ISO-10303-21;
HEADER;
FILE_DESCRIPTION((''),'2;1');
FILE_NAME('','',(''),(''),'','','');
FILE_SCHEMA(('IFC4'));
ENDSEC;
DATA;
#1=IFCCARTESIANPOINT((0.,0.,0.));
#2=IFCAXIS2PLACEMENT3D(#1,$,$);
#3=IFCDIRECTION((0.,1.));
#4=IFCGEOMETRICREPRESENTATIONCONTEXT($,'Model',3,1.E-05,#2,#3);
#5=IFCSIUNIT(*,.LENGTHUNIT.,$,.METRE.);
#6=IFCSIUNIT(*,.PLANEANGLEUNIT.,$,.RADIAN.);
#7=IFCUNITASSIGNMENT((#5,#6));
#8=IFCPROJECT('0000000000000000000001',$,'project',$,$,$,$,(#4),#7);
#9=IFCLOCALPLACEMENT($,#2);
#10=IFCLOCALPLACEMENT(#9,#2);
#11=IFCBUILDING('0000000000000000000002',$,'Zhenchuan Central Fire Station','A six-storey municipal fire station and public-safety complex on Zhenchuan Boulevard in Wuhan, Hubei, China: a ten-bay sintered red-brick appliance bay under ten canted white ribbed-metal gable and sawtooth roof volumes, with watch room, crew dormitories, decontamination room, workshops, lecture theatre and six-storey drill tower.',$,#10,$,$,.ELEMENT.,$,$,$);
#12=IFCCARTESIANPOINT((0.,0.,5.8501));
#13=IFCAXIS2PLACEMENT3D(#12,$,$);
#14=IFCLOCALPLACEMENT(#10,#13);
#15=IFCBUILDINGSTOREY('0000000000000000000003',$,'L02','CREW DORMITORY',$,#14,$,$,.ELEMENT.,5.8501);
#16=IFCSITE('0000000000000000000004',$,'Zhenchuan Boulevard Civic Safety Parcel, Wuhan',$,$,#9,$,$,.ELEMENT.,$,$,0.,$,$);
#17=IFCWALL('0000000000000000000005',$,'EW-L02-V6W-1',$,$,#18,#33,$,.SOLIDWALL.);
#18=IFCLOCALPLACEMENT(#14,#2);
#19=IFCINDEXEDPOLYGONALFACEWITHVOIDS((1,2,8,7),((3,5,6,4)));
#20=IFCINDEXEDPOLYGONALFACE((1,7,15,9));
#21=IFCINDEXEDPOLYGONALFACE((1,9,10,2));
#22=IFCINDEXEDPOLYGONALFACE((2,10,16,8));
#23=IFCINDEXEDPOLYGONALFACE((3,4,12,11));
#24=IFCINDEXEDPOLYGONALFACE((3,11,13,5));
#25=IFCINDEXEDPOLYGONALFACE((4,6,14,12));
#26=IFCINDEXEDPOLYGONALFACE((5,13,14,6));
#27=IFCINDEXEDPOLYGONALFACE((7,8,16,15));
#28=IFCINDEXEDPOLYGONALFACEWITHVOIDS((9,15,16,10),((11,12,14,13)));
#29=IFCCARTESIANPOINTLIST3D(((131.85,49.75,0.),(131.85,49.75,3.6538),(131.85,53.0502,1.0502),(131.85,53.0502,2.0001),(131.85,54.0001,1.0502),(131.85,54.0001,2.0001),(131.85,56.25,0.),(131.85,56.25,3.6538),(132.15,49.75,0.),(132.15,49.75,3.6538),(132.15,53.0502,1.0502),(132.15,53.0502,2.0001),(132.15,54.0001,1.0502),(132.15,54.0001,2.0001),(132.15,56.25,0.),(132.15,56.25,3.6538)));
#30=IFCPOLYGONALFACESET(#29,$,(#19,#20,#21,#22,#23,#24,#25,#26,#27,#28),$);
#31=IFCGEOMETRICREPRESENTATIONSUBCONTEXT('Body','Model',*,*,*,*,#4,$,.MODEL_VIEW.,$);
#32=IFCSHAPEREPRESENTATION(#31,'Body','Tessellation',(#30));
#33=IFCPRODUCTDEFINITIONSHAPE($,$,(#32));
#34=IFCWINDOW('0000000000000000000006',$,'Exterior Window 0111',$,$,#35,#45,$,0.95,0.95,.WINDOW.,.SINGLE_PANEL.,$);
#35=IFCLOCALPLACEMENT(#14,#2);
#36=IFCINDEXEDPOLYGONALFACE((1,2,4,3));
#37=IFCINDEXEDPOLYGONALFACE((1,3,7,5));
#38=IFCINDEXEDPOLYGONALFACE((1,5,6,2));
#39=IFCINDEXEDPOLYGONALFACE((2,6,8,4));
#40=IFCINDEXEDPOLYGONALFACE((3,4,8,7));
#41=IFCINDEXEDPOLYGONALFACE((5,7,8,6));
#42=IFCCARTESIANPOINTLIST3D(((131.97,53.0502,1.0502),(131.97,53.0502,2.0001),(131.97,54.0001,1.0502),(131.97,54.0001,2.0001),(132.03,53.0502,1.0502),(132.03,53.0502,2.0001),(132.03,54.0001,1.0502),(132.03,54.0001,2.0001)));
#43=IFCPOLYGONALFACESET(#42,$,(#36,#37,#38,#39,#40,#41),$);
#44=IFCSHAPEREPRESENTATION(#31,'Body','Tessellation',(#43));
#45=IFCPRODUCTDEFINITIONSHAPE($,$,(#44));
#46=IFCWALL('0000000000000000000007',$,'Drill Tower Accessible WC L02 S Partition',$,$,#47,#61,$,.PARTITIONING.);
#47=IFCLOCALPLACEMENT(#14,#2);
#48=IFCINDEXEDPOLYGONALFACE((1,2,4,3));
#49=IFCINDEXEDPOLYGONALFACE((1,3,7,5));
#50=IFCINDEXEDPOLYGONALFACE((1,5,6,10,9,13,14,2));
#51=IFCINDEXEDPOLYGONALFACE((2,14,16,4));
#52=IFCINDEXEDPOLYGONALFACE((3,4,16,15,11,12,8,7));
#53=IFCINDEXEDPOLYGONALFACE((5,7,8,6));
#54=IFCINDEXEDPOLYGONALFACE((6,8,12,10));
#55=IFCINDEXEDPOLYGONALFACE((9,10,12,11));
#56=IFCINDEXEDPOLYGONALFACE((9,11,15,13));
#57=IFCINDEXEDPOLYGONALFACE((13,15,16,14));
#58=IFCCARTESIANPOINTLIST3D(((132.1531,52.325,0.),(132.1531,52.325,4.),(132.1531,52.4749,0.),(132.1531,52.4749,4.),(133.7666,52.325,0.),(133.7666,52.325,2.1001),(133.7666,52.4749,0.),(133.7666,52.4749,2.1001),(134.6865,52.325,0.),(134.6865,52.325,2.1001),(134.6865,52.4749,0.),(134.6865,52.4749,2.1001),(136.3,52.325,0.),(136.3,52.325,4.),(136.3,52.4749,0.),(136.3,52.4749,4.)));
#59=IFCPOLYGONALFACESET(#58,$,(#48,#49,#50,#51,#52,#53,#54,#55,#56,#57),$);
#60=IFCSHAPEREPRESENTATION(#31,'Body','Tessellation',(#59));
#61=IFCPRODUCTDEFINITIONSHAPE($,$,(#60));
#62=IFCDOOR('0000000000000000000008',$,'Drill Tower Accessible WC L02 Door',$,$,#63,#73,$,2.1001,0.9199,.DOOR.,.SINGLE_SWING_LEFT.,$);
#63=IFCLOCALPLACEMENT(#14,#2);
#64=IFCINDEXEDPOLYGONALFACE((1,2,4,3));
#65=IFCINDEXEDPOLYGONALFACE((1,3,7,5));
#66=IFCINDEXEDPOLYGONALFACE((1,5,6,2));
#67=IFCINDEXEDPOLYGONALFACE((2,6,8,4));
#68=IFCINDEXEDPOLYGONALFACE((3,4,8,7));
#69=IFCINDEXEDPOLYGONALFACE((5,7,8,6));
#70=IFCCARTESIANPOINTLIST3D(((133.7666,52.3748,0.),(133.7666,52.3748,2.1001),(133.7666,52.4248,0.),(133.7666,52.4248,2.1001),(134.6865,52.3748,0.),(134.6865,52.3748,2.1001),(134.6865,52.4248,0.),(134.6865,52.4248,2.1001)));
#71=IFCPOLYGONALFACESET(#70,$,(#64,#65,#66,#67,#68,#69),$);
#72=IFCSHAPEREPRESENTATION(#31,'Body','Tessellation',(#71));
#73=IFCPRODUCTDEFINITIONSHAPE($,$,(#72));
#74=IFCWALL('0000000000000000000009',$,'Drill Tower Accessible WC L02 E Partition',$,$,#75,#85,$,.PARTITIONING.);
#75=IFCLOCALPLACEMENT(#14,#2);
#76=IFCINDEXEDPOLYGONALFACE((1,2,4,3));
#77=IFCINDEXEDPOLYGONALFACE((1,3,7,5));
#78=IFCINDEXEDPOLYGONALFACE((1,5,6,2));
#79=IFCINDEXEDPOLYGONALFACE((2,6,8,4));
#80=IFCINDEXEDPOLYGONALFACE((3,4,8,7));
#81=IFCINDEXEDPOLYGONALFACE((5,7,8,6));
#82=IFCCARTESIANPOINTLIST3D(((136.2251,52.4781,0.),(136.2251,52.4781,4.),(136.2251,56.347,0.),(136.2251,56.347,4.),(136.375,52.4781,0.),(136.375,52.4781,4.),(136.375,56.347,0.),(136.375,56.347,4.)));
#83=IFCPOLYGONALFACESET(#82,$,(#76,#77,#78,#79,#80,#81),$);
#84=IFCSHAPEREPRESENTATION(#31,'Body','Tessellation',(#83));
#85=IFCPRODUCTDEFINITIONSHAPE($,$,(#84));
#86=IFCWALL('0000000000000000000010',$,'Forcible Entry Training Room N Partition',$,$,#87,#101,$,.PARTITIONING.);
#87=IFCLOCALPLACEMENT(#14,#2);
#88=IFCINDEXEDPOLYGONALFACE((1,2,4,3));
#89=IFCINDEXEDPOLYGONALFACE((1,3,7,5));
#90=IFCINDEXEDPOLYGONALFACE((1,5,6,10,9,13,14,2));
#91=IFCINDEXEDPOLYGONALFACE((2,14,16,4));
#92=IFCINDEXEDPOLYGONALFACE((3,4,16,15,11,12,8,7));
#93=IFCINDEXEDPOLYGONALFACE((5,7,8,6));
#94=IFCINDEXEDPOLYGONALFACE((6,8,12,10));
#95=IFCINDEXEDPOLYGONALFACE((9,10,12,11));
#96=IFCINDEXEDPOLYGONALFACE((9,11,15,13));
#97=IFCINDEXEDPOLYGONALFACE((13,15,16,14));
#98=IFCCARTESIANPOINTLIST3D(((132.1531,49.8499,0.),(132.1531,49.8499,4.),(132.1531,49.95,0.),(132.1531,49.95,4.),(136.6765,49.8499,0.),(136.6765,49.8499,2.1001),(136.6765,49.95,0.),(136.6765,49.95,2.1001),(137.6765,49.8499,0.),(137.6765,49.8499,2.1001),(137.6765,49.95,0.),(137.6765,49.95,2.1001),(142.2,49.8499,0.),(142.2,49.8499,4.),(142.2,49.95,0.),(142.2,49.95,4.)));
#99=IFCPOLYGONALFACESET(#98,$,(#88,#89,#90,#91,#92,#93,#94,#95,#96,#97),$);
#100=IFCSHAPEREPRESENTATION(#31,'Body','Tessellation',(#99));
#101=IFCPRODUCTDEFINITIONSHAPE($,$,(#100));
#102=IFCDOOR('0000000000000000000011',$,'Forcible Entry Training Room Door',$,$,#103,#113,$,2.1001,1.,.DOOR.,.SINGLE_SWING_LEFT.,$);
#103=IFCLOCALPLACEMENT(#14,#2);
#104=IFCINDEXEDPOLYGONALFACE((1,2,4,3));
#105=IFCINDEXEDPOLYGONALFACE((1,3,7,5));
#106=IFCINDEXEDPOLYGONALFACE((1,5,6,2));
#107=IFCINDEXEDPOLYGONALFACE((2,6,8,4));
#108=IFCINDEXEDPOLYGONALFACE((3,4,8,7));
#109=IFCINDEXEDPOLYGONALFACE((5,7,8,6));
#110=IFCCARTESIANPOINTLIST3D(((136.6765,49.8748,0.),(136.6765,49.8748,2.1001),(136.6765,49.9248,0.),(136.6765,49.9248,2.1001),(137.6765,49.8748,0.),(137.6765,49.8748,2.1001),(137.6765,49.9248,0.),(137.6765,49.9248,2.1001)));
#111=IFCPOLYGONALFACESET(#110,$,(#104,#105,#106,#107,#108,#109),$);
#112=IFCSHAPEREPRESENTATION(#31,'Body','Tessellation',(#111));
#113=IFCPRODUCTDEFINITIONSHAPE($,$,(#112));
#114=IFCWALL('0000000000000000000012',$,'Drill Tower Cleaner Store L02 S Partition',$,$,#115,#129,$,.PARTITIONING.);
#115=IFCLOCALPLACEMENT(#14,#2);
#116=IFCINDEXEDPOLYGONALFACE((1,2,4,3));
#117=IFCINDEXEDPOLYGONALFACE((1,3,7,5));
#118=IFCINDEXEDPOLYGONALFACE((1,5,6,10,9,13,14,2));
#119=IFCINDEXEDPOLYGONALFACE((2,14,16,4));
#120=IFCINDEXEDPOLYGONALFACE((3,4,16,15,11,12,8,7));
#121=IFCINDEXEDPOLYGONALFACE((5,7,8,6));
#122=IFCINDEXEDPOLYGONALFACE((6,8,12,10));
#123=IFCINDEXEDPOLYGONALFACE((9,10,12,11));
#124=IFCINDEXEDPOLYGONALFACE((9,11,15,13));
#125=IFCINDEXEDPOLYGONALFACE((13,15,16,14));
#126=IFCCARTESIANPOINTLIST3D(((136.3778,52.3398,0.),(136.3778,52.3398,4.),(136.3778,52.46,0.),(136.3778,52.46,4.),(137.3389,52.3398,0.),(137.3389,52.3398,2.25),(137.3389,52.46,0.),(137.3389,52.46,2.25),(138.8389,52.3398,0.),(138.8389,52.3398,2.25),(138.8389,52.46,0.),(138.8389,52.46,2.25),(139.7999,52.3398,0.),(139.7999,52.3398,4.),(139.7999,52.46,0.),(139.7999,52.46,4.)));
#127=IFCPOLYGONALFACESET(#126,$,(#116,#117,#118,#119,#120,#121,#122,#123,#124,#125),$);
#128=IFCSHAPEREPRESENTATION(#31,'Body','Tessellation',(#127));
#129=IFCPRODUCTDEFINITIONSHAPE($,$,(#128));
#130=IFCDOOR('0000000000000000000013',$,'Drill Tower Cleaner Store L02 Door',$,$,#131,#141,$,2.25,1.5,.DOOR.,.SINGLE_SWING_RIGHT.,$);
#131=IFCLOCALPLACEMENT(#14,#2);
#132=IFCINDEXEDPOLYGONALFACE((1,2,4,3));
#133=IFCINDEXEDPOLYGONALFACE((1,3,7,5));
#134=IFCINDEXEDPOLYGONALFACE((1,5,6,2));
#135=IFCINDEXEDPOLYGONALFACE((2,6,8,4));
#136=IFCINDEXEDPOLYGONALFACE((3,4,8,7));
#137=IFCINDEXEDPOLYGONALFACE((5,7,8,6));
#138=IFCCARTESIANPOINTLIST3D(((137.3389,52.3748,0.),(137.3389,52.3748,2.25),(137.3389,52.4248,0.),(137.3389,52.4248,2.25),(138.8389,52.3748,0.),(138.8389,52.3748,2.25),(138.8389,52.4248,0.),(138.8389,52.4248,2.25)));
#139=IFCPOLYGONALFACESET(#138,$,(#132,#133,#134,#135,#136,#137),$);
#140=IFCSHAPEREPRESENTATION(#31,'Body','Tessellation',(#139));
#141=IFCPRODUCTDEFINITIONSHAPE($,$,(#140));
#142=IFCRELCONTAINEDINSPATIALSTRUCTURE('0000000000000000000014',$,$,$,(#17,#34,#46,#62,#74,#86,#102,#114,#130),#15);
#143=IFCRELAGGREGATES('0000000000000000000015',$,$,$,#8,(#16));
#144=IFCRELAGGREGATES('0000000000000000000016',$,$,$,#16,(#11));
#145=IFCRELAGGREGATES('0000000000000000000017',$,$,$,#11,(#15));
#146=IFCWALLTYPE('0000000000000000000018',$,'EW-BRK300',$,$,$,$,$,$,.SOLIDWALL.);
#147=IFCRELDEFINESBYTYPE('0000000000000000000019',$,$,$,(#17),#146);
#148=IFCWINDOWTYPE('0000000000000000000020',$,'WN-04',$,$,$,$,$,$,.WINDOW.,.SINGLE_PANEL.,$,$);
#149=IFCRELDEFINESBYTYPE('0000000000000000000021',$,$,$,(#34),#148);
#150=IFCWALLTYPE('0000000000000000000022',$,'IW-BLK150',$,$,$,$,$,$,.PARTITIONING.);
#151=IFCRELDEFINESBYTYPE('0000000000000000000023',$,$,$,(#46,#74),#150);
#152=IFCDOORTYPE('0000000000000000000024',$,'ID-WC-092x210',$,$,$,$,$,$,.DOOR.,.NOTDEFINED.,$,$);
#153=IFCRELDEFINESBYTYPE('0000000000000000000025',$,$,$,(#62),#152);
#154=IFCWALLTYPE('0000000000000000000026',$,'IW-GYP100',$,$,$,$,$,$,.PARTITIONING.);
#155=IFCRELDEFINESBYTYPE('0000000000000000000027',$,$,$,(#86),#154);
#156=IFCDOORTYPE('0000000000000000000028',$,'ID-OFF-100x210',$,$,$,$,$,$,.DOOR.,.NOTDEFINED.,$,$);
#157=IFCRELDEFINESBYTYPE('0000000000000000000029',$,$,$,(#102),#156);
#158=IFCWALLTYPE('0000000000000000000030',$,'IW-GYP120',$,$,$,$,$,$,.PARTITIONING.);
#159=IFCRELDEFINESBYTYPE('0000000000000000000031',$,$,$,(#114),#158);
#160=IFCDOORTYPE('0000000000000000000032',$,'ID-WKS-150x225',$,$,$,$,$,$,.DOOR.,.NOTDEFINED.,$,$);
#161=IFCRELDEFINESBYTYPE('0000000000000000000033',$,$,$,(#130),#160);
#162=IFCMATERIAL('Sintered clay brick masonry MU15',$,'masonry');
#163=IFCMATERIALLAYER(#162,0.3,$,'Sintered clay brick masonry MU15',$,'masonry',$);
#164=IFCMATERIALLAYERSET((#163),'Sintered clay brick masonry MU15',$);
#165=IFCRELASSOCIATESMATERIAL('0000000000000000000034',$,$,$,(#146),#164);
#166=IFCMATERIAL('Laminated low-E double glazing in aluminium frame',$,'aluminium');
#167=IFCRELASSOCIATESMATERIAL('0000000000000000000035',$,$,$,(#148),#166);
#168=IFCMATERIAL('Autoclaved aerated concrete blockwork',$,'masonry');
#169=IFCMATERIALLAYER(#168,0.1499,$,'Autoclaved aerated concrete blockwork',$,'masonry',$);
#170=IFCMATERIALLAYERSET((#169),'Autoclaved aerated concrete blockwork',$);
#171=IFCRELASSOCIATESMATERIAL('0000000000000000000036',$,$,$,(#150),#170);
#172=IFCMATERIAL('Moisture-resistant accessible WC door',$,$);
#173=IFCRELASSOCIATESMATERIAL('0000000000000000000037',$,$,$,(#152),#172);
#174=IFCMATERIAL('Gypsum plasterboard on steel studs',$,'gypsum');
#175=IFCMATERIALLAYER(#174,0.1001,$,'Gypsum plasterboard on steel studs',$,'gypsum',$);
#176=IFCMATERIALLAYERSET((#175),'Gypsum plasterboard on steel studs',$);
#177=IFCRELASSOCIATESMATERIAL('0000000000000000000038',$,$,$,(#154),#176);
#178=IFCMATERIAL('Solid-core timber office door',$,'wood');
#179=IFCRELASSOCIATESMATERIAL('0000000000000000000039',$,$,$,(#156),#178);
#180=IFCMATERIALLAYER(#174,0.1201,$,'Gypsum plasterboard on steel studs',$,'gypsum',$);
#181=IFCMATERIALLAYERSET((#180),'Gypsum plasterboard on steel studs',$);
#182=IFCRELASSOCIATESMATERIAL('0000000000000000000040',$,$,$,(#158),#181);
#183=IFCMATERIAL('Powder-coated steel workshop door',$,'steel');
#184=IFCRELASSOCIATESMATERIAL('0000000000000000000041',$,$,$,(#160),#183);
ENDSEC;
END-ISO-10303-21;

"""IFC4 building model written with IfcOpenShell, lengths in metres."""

from ifc_helpers import new_model, si_unit, direction, frame, frame_2d, origin, place, context, subcontext, project, spatial, rectangle, extrude, material, layer, layer_set, type_object, element, fill, save


model = new_model("IFC4")

# Units and contexts
model_context = context("Model", 3, precision=1e-05, world=origin(), true_north=direction((0.0, 1.0)))
body_context = subcontext(model_context, "Body", "Model", "MODEL_VIEW")
ifc_project = project(units=[si_unit("LENGTHUNIT", "METRE"), si_unit("PLANEANGLEUNIT", "RADIAN")], contexts=[model_context])

# Site, building, storey
site_placement = place(None, origin())
site = spatial("IfcSite", under=ifc_project, at=site_placement, Name="Zhenchuan Boulevard Civic Safety Parcel, Wuhan", CompositionType="ELEMENT", RefElevation=0.0)
building_placement = place(site_placement, origin())
building = spatial("IfcBuilding", under=site, at=building_placement, Name="Zhenchuan Central Fire Station", Description="A six-storey municipal fire station and public-safety complex on Zhenchuan Boulevard in Wuhan, Hubei, China: a ten-bay sintered red-brick appliance bay under ten canted white ribbed-metal gable and sawtooth roof volumes, with watch room, crew dormitories, decontamination room, workshops, lecture theatre and six-storey drill tower.", CompositionType="ELEMENT")
storey_placement = place(building_placement, frame((0.0, 0.0, 5.8501)))
storey = spatial("IfcBuildingStorey", under=building, at=storey_placement, Name="L02", Description="CREW DORMITORY", CompositionType="ELEMENT", Elevation=5.8501)

# Wall, opening, window
ifc_material_1 = material(Name="Sintered clay brick masonry MU15", Category="masonry")
ifc_layer_1 = layer(ifc_material_1, 0.3, Name="Sintered clay brick masonry MU15", Category="masonry")
ifc_layer_set_1 = layer_set([ifc_layer_1], Name="Sintered clay brick masonry MU15")
wall_type_1 = type_object("IfcWallType", Name="EW-BRK300", PredefinedType="SOLIDWALL", material=ifc_layer_set_1)
ifc_material_2 = material(Name="Laminated low-E double glazing in aluminium frame", Category="aluminium")
wall_1_placement = place(storey_placement, frame((132.0, 49.75, 0.0), z_axis=(0.0, 0.0, 1.0), x_axis=(0.0, 1.0, 0.0)))
wall_1 = element("IfcWall", 1, at=wall_1_placement, inside=storey, type_object=wall_type_1, Name="EW-L02-V6W-1", PredefinedType="SOLIDWALL", context=body_context, shape_type="SweptSolid", body=[
    extrude(rectangle(XDim=6.5, YDim=0.3, at=frame_2d((3.25, 0.0))), origin(), (0.0, 0.0, 1.0), 3.6538),
])
opening_1_placement = place(wall_1_placement, frame((3.3, 0.0, 1.05)))
opening_1 = element("IfcOpeningElement", 2, at=opening_1_placement, cuts=wall_1, PredefinedType="OPENING", context=body_context, shape_type="SweptSolid", body=[
    extrude(rectangle(XDim=0.95, YDim=0.95, at=frame_2d((0.4751, 0.4751))), frame((0.0, 0.1599, 0.0), z_axis=(0.0, -1.0, 0.0), x_axis=(1.0, 0.0, 0.0)), (0.0, 0.0, 1.0), 0.3201),
])
window_type_1 = type_object("IfcWindowType", Name="WN-04", PartitioningType="SINGLE_PANEL", PredefinedType="WINDOW", material=ifc_material_2)
window_1_placement = place(opening_1_placement, origin())
window_1 = element("IfcWindow", 3, at=window_1_placement, inside=storey, type_object=window_type_1, Name="Exterior Window 0111", OverallHeight=0.95, OverallWidth=0.95, PartitioningType="SINGLE_PANEL", PredefinedType="WINDOW", context=body_context, shape_type="SweptSolid", body=[
    extrude(rectangle(XDim=0.95, YDim=0.95, at=frame_2d((0.4751, 0.4751))), frame((0.0, 0.03, 0.0), z_axis=(0.0, -1.0, 0.0), x_axis=(1.0, 0.0, 0.0)), (0.0, 0.0, 1.0), 0.0601),
])
fill(opening_1, window_1)

# Wall, opening, door
ifc_material_3 = material(Name="Autoclaved aerated concrete blockwork", Category="masonry")
ifc_layer_2 = layer(ifc_material_3, 0.1499, Name="Autoclaved aerated concrete blockwork", Category="masonry")
ifc_layer_set_2 = layer_set([ifc_layer_2], Name="Autoclaved aerated concrete blockwork")
wall_type_2 = type_object("IfcWallType", Name="IW-BLK150", PredefinedType="PARTITIONING", material=ifc_layer_set_2)
wall_2_placement = place(storey_placement, frame((132.1531, 52.3999, 0.0), z_axis=(0.0, 0.0, 1.0), x_axis=(1.0, 0.0, 0.0)))
wall_2 = element("IfcWall", 4, at=wall_2_placement, inside=storey, type_object=wall_type_2, Name="Drill Tower Accessible WC L02 S Partition", PredefinedType="PARTITIONING", context=body_context, shape_type="SweptSolid", body=[
    extrude(rectangle(XDim=4.147, YDim=0.1499, at=frame_2d((2.0735, 0.0))), origin(), (0.0, 0.0, 1.0), 4.0),
])
opening_2_placement = place(wall_2_placement, frame((1.6135, 0.0, 0.0)))
opening_2 = element("IfcOpeningElement", 5, at=opening_2_placement, cuts=wall_2, PredefinedType="OPENING", context=body_context, shape_type="SweptSolid", body=[
    extrude(rectangle(XDim=0.9199, YDim=2.1001, at=frame_2d((0.46, 1.05))), frame((0.0, 0.085, 0.0), z_axis=(0.0, -1.0, 0.0), x_axis=(1.0, 0.0, 0.0)), (0.0, 0.0, 1.0), 0.1699),
])
ifc_material_4 = material(Name="Moisture-resistant accessible WC door")
door_type_1 = type_object("IfcDoorType", Name="ID-WC-092x210", OperationType="NOTDEFINED", PredefinedType="DOOR", material=ifc_material_4)
door_1_placement = place(opening_2_placement, origin())
door_1 = element("IfcDoor", 6, at=door_1_placement, inside=storey, type_object=door_type_1, Name="Drill Tower Accessible WC L02 Door", OperationType="SINGLE_SWING_LEFT", OverallHeight=2.1001, OverallWidth=0.9199, PredefinedType="DOOR", context=body_context, shape_type="SweptSolid", body=[
    extrude(rectangle(XDim=0.9199, YDim=2.1001, at=frame_2d((0.46, 1.05))), frame((0.0, 0.0249, 0.0), z_axis=(0.0, -1.0, 0.0), x_axis=(1.0, 0.0, 0.0)), (0.0, 0.0, 1.0), 0.05),
])
fill(opening_2, door_1)

# Wall
wall_3_placement = place(storey_placement, frame((136.3, 52.478, 0.0), z_axis=(0.0, 0.0, 1.0), x_axis=(0.0, 1.0, 0.0)))
element("IfcWall", 7, at=wall_3_placement, inside=storey, type_object=wall_type_2, Name="Drill Tower Accessible WC L02 E Partition", PredefinedType="PARTITIONING", context=body_context, shape_type="SweptSolid", body=[
    extrude(rectangle(XDim=3.8689, YDim=0.1499, at=frame_2d((1.9346, 0.0))), origin(), (0.0, 0.0, 1.0), 4.0),
])

# Walls, openings, doors
ifc_material_5 = material(Name="Gypsum plasterboard on steel studs", Category="gypsum")
ifc_layer_3 = layer(ifc_material_5, 0.1001, Name="Gypsum plasterboard on steel studs", Category="gypsum")
ifc_layer_set_3 = layer_set([ifc_layer_3], Name="Gypsum plasterboard on steel studs")
wall_type_3 = type_object("IfcWallType", Name="IW-GYP100", PredefinedType="PARTITIONING", material=ifc_layer_set_3)
wall_4_placement = place(storey_placement, frame((132.1531, 49.8999, 0.0), z_axis=(0.0, 0.0, 1.0), x_axis=(1.0, 0.0, 0.0)))
wall_4 = element("IfcWall", 8, at=wall_4_placement, inside=storey, type_object=wall_type_3, Name="Forcible Entry Training Room N Partition", PredefinedType="PARTITIONING", context=body_context, shape_type="SweptSolid", body=[
    extrude(rectangle(XDim=10.0469, YDim=0.1001, at=frame_2d((5.0234, 0.0))), origin(), (0.0, 0.0, 1.0), 4.0),
])
opening_3_placement = place(wall_4_placement, frame((4.5234, 0.0, 0.0)))
opening_3 = element("IfcOpeningElement", 9, at=opening_3_placement, cuts=wall_4, PredefinedType="OPENING", context=body_context, shape_type="SweptSolid", body=[
    extrude(rectangle(XDim=1.0, YDim=2.1001, at=frame_2d((0.5, 1.05))), frame((0.0, 0.0601, 0.0), z_axis=(0.0, -1.0, 0.0), x_axis=(1.0, 0.0, 0.0)), (0.0, 0.0, 1.0), 0.1201),
])
ifc_material_6 = material(Name="Solid-core timber office door", Category="wood")
door_type_2 = type_object("IfcDoorType", Name="ID-OFF-100x210", OperationType="NOTDEFINED", PredefinedType="DOOR", material=ifc_material_6)
door_2_placement = place(opening_3_placement, origin())
door_2 = element("IfcDoor", 10, at=door_2_placement, inside=storey, type_object=door_type_2, Name="Forcible Entry Training Room Door", OperationType="SINGLE_SWING_LEFT", OverallHeight=2.1001, OverallWidth=1.0, PredefinedType="DOOR", context=body_context, shape_type="SweptSolid", body=[
    extrude(rectangle(XDim=1.0, YDim=2.1001, at=frame_2d((0.5, 1.05))), frame((0.0, 0.0249, 0.0), z_axis=(0.0, -1.0, 0.0), x_axis=(1.0, 0.0, 0.0)), (0.0, 0.0, 1.0), 0.05),
])
fill(opening_3, door_2)
ifc_layer_4 = layer(ifc_material_5, 0.1201, Name="Gypsum plasterboard on steel studs", Category="gypsum")
ifc_layer_set_4 = layer_set([ifc_layer_4], Name="Gypsum plasterboard on steel studs")
wall_type_4 = type_object("IfcWallType", Name="IW-GYP120", PredefinedType="PARTITIONING", material=ifc_layer_set_4)
wall_5_placement = place(storey_placement, frame((136.3779, 52.3999, 0.0), z_axis=(0.0, 0.0, 1.0), x_axis=(1.0, 0.0, 0.0)))
wall_5 = element("IfcWall", 11, at=wall_5_placement, inside=storey, type_object=wall_type_4, Name="Drill Tower Cleaner Store L02 S Partition", PredefinedType="PARTITIONING", context=body_context, shape_type="SweptSolid", body=[
    extrude(rectangle(XDim=3.4221, YDim=0.1201, at=frame_2d((1.7109, 0.0))), origin(), (0.0, 0.0, 1.0), 4.0),
])
opening_4_placement = place(wall_5_placement, frame((0.9609, 0.0, 0.0)))
opening_4 = element("IfcOpeningElement", 12, at=opening_4_placement, cuts=wall_5, PredefinedType="OPENING", context=body_context, shape_type="SweptSolid", body=[
    extrude(rectangle(XDim=1.5, YDim=2.25, at=frame_2d((0.75, 1.125))), frame((0.0, 0.0701, 0.0), z_axis=(0.0, -1.0, 0.0), x_axis=(1.0, 0.0, 0.0)), (0.0, 0.0, 1.0), 0.1401),
])
ifc_material_7 = material(Name="Powder-coated steel workshop door", Category="steel")
door_type_3 = type_object("IfcDoorType", Name="ID-WKS-150x225", OperationType="NOTDEFINED", PredefinedType="DOOR", material=ifc_material_7)
door_3_placement = place(opening_4_placement, origin())
door_3 = element("IfcDoor", 13, at=door_3_placement, inside=storey, type_object=door_type_3, Name="Drill Tower Cleaner Store L02 Door", OperationType="SINGLE_SWING_RIGHT", OverallHeight=2.25, OverallWidth=1.5, PredefinedType="DOOR", context=body_context, shape_type="SweptSolid", body=[
    extrude(rectangle(XDim=1.5, YDim=2.25, at=frame_2d((0.75, 1.125))), frame((0.0, 0.0249, 0.0), z_axis=(0.0, -1.0, 0.0), x_axis=(1.0, 0.0, 0.0)), (0.0, 0.0, 1.0), 0.05),
])
fill(opening_4, door_3)

save(model, "model.ifc")
